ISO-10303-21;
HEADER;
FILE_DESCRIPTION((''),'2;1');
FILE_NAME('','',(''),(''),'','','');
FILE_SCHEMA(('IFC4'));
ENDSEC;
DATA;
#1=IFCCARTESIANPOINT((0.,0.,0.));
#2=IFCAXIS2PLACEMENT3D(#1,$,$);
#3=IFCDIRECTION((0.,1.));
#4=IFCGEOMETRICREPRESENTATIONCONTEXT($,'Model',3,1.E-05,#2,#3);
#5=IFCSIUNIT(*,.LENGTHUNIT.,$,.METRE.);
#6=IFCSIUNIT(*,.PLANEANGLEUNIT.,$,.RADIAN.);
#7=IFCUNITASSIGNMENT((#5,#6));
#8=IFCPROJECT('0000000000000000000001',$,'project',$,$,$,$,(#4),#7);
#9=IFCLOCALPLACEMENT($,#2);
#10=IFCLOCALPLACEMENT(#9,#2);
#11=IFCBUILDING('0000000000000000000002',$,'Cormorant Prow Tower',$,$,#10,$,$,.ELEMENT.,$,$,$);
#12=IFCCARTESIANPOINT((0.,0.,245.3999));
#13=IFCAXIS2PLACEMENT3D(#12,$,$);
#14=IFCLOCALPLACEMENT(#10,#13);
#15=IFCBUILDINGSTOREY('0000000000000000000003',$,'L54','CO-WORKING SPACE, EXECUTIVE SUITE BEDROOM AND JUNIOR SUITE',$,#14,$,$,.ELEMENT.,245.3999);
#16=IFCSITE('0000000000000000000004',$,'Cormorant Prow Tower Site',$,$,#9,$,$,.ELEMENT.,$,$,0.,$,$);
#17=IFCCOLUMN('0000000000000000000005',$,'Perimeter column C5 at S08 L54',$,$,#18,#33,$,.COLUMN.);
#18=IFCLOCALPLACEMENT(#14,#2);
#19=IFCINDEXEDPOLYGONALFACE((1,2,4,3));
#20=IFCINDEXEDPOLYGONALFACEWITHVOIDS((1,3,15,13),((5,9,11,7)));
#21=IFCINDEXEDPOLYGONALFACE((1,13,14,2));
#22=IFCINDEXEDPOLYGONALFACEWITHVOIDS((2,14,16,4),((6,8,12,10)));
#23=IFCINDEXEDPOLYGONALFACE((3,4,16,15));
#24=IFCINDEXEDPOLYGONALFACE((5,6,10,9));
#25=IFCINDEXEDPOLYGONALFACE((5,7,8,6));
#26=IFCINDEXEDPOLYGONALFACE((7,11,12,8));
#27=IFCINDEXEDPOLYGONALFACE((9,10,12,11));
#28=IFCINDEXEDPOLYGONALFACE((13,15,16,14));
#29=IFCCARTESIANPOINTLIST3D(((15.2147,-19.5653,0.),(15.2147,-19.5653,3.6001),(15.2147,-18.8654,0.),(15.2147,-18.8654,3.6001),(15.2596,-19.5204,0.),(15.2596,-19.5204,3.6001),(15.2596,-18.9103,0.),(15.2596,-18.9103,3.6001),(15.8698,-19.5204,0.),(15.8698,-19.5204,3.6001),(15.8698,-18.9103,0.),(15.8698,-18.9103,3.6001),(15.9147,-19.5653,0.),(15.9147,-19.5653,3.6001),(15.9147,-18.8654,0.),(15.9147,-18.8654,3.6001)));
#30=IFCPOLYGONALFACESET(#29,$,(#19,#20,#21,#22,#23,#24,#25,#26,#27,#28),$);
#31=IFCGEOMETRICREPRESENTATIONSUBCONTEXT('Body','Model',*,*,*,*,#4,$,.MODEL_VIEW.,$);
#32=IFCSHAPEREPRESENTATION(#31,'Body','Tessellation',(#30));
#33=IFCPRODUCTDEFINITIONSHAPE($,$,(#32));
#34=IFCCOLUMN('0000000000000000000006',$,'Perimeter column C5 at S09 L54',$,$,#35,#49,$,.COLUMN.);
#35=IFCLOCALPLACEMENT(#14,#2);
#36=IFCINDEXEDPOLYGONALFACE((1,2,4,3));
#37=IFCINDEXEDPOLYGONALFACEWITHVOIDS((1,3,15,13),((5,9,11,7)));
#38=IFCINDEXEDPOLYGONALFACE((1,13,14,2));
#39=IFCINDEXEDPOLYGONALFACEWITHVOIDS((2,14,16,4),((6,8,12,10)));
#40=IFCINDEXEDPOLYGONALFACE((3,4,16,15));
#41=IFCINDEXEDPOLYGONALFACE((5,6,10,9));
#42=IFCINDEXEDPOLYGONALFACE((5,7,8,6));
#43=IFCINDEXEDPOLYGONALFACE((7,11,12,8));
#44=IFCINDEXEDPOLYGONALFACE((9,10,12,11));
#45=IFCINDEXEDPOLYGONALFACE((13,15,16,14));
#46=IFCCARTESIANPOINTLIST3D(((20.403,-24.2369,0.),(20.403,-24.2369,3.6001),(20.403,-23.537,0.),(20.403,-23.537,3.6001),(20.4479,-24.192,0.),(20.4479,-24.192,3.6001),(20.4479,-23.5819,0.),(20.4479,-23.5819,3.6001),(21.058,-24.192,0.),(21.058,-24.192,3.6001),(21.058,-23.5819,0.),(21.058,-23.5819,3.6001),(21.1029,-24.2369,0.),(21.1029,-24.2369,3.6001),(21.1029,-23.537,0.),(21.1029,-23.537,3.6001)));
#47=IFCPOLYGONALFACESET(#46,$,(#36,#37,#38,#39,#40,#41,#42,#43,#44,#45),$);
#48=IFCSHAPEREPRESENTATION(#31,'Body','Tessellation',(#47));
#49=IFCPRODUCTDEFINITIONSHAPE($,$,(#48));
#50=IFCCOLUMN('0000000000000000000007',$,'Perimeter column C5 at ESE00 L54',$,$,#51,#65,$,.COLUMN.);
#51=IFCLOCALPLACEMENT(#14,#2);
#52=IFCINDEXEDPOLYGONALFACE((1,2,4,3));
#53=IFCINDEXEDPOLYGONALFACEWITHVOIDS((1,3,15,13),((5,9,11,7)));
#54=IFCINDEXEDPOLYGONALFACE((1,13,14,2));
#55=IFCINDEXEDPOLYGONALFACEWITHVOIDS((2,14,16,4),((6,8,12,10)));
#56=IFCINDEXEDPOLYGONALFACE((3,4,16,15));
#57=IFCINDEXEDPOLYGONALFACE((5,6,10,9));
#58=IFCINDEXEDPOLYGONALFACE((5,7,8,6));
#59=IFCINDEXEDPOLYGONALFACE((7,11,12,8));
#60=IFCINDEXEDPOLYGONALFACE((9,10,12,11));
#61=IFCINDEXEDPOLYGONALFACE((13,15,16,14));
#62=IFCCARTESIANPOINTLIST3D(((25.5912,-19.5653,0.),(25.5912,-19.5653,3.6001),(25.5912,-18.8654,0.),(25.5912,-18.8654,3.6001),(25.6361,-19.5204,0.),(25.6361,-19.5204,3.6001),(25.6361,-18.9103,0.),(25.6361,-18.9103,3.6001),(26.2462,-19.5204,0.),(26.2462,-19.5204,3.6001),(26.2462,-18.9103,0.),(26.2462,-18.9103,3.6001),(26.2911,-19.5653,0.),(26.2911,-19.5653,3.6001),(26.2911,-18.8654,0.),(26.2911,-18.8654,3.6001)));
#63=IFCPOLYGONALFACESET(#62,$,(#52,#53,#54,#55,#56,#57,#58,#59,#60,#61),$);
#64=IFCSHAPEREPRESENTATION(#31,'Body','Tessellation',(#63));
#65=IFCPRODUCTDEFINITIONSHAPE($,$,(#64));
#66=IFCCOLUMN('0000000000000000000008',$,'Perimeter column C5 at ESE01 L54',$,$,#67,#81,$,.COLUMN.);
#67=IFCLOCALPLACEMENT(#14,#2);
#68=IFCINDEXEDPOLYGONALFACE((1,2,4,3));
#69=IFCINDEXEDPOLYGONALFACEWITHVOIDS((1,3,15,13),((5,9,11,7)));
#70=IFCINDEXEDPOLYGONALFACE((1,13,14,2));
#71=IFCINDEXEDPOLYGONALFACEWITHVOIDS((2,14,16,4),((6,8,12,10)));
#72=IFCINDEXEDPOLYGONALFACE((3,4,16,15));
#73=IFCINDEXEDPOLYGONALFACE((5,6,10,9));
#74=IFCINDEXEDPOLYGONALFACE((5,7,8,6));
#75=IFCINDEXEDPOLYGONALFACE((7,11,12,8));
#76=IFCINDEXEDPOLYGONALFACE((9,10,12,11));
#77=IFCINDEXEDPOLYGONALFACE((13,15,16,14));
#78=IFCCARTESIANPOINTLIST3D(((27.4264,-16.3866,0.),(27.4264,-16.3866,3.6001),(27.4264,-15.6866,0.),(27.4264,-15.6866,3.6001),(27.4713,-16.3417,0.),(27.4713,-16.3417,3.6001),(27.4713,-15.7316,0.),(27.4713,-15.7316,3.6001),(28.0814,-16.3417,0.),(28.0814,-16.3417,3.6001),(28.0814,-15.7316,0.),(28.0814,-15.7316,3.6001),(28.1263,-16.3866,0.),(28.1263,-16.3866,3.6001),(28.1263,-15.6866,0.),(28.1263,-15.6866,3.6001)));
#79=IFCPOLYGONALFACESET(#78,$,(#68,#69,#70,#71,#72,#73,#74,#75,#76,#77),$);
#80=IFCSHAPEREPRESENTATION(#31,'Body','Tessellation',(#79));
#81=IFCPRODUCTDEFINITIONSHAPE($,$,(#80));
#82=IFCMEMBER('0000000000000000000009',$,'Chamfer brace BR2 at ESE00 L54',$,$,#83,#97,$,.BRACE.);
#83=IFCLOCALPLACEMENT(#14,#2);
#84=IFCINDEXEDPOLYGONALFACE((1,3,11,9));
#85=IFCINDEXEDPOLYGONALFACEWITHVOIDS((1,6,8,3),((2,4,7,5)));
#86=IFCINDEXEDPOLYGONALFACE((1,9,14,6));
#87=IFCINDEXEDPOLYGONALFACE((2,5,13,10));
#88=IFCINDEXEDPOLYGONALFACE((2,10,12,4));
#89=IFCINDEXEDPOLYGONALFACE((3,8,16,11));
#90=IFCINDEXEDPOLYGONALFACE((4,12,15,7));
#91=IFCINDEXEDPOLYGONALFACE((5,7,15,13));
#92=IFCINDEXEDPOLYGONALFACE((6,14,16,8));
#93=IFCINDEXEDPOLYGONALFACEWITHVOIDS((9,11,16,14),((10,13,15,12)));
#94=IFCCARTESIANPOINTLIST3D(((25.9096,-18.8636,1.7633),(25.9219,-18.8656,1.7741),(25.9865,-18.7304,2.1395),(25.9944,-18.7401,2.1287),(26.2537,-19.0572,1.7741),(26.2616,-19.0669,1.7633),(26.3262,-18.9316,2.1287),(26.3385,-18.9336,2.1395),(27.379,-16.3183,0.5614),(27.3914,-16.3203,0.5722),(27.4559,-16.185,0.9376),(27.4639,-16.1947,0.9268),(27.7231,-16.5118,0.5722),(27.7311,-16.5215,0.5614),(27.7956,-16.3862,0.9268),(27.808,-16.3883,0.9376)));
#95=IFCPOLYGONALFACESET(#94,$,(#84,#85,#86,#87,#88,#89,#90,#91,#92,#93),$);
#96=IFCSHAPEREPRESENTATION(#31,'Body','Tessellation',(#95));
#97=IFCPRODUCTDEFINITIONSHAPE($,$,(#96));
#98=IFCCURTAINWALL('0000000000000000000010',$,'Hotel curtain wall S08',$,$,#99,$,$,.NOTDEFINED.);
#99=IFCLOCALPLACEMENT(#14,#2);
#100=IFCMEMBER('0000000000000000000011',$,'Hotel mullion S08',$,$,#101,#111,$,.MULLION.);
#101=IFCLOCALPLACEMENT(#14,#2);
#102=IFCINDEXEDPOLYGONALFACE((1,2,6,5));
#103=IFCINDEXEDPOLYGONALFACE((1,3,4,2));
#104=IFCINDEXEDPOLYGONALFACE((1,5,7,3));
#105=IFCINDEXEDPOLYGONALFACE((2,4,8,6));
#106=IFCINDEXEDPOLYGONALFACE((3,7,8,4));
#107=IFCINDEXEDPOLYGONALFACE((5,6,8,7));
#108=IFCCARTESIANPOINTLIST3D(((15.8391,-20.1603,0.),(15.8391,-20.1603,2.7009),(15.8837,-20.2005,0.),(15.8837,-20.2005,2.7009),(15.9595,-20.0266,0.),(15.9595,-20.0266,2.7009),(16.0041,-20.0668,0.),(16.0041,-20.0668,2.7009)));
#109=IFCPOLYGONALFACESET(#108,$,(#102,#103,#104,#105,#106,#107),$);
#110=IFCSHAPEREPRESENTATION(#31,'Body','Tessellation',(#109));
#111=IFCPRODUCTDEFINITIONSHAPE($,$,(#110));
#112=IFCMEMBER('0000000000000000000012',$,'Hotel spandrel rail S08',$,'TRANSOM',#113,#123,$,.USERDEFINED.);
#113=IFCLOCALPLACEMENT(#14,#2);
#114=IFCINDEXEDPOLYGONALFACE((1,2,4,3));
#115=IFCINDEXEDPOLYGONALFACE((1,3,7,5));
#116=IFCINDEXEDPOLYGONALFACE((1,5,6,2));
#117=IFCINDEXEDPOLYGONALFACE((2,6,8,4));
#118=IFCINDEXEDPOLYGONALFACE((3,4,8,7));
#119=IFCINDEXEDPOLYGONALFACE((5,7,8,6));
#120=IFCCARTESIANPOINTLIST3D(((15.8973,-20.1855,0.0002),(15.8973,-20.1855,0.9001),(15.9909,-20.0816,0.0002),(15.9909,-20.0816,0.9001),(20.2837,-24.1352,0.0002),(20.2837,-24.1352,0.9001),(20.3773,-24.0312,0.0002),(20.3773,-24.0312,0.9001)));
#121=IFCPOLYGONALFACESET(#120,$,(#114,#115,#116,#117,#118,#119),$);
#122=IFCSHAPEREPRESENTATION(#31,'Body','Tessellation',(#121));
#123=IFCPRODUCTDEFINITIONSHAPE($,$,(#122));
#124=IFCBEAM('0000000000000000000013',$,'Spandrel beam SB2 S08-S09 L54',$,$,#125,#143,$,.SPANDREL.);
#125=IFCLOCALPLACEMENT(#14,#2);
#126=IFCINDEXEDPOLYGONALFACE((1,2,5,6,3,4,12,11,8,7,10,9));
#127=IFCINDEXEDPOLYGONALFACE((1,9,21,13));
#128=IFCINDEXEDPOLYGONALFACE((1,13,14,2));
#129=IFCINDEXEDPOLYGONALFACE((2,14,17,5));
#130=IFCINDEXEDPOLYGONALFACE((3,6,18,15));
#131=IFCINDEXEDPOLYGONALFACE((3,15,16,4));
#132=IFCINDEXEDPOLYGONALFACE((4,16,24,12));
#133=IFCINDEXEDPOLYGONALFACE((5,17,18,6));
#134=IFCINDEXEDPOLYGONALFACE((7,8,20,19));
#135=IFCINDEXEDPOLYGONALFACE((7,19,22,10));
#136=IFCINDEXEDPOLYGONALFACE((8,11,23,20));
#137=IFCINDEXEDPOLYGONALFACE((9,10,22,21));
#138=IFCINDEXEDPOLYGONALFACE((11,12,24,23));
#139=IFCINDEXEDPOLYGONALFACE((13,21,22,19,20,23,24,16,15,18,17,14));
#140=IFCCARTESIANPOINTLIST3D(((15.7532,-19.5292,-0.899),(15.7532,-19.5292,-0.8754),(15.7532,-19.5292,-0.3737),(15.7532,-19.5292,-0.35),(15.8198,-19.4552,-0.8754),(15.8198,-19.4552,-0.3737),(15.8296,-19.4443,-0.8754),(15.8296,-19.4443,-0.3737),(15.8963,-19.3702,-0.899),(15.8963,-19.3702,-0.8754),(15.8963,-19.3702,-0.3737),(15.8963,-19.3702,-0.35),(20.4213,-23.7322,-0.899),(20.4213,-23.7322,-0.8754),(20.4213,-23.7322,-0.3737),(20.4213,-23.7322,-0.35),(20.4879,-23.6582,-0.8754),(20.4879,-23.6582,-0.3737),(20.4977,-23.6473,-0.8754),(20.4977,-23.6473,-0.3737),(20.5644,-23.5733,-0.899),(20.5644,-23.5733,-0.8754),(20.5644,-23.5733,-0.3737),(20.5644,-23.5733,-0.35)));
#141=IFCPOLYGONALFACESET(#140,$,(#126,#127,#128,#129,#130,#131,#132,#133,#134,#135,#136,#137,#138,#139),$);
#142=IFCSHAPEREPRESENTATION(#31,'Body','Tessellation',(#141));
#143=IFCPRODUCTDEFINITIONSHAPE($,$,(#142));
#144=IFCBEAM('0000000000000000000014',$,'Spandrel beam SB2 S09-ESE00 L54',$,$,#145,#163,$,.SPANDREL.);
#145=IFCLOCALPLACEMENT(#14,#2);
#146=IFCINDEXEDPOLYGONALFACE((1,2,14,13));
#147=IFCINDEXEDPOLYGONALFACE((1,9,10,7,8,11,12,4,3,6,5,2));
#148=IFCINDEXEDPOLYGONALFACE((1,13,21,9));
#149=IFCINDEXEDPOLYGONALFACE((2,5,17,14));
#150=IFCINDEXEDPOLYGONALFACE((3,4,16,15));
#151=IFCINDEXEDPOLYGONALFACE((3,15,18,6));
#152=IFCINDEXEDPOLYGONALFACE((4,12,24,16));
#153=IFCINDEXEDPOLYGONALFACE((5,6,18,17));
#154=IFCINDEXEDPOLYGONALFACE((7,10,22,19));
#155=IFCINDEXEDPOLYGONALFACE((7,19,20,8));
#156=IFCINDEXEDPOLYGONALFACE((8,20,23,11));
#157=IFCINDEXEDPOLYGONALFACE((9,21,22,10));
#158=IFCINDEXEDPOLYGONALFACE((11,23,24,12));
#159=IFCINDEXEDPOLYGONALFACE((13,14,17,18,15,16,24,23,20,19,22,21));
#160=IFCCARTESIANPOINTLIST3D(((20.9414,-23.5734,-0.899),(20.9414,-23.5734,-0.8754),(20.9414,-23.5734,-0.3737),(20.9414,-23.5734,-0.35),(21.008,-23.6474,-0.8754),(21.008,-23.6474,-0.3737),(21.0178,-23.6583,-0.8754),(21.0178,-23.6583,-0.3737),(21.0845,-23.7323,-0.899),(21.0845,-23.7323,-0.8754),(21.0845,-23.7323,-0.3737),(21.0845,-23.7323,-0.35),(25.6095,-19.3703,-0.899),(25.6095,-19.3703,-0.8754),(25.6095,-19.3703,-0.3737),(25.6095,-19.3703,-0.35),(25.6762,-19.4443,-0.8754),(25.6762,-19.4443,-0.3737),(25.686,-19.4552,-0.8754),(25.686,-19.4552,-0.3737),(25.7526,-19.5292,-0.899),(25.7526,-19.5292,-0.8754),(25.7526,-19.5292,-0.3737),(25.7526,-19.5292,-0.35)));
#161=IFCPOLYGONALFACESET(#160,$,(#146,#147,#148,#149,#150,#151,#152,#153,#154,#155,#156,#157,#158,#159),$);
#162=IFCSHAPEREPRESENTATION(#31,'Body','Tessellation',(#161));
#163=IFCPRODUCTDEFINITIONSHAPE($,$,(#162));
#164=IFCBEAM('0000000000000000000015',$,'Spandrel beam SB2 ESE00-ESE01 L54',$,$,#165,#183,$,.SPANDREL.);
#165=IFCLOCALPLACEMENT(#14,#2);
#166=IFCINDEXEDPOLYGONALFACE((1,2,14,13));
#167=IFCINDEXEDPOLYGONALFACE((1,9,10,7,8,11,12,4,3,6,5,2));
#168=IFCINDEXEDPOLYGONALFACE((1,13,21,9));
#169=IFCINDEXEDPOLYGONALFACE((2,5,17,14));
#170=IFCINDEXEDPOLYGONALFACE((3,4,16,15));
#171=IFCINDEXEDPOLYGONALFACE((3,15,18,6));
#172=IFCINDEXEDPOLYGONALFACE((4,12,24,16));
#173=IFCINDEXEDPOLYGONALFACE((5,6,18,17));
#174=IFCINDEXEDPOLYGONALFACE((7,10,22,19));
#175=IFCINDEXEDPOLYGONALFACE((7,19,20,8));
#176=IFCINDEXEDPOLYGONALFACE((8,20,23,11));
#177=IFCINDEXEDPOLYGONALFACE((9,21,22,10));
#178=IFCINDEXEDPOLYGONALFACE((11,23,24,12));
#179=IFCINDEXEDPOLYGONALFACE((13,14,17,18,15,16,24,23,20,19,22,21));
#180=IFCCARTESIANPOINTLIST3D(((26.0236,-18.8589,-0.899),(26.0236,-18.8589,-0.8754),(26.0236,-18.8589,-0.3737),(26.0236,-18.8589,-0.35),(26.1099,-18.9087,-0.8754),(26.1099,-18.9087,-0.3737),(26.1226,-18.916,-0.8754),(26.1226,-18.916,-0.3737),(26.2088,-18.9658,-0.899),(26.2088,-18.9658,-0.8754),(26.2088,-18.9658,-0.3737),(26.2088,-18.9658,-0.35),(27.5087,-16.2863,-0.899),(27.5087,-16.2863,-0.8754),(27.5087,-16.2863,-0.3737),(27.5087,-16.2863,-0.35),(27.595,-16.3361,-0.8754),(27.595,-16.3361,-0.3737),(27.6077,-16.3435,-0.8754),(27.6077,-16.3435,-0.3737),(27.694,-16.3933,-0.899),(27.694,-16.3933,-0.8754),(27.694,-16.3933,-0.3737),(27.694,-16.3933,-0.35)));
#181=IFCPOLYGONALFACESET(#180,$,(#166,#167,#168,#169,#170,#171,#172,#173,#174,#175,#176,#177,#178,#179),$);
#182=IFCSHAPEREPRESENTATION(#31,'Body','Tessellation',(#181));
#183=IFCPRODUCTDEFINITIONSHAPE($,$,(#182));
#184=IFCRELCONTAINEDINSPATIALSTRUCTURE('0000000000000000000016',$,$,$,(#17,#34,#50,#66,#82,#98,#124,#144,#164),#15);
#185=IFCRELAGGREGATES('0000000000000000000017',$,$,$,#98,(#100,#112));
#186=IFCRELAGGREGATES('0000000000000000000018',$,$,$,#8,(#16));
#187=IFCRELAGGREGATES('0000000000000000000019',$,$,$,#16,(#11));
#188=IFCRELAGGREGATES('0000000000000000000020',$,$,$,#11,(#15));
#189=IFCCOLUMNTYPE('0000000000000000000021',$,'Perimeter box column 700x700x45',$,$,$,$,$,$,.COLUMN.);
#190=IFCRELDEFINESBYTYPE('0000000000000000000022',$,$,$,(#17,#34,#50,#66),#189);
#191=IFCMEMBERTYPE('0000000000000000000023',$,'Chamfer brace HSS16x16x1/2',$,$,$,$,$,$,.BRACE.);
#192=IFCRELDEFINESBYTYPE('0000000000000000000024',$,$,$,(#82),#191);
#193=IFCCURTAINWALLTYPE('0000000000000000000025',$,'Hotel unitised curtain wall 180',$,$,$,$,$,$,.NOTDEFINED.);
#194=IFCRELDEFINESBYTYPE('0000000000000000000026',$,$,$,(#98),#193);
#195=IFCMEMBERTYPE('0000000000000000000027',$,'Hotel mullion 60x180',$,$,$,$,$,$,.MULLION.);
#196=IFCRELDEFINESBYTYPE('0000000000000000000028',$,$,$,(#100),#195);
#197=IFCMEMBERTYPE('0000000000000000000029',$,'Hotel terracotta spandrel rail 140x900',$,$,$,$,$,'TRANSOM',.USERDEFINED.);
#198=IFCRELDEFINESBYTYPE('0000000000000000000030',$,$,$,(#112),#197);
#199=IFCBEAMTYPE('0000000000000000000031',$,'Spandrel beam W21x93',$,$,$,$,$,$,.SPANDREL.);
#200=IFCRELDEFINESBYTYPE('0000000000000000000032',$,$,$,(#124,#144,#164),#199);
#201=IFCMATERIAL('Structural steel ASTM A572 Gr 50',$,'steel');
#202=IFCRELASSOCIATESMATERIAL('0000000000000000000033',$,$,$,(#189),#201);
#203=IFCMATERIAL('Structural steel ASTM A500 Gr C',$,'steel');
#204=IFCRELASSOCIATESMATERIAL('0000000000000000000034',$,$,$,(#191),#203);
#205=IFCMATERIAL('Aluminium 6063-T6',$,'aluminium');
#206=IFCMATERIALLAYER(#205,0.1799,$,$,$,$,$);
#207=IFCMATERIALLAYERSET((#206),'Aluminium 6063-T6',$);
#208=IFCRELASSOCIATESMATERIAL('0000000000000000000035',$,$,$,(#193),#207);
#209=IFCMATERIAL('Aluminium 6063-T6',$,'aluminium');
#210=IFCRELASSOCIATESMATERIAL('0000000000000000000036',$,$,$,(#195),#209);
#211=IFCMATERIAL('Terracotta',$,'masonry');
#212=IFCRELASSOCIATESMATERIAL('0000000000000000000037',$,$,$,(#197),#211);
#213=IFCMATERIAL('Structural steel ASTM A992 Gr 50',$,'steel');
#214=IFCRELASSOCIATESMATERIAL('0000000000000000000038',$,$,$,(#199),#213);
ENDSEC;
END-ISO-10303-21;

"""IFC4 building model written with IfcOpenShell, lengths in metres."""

from ifc_helpers import new_model, si_unit, direction, frame, origin, origin_2d, place, context, subcontext, project, spatial, rectangle, hollow_rectangle, i_section, extrude, material, layer, layer_set, material_profile, profile_set, type_object, element, aggregate, save


model = new_model("IFC4")

# Units and contexts
model_context = context("Model", 3, precision=1e-05, world=origin(), true_north=direction((0.0, 1.0)))
body_context = subcontext(model_context, "Body", "Model", "MODEL_VIEW")
ifc_project = project(units=[si_unit("LENGTHUNIT", "METRE"), si_unit("PLANEANGLEUNIT", "RADIAN")], contexts=[model_context])

# Site, building, storey
site_placement = place(None, origin())
site = spatial("IfcSite", under=ifc_project, at=site_placement, Name="Cormorant Prow Tower Site", CompositionType="ELEMENT", RefElevation=0.0)
building_placement = place(site_placement, origin())
building = spatial("IfcBuilding", under=site, at=building_placement, Name="Cormorant Prow Tower", CompositionType="ELEMENT")
storey_placement = place(building_placement, frame((0.0, 0.0, 245.3999)))
storey = spatial("IfcBuildingStorey", under=building, at=storey_placement, Name="L54", Description="CO-WORKING SPACE, EXECUTIVE SUITE BEDROOM AND JUNIOR SUITE", CompositionType="ELEMENT", Elevation=245.3999)

# Columns
ifc_material_1 = material(Name="Structural steel ASTM A572 Gr 50", Category="steel")
ifc_material_profile_1 = material_profile(ifc_material_1, hollow_rectangle(XDim=0.7, YDim=0.7, WallThickness=0.0449, at=origin_2d()), Name="Box 700x700x45")
ifc_profile_set_1 = profile_set([ifc_material_profile_1], Name="Structural steel ASTM A572 Gr 50")
column_type = type_object("IfcColumnType", Name="Perimeter box column 700x700x45", PredefinedType="COLUMN", material=ifc_profile_set_1)
for number, where, z_axis, x_axis, name in (
    (1, (15.5647, -19.2153, 0.0), (0.0, 0.0, 1.0), (1.0, 0.0, 0.0), "Perimeter column C5 at S08 L54"),
    (2, (20.7529, -23.887, 0.0), (0.0, 0.0, 1.0), (1.0, 0.0, 0.0), "Perimeter column C5 at S09 L54"),
    (3, (25.9412, -19.2153, 0.0), (0.0, 0.0, 1.0), (1.0, 0.0, 0.0), "Perimeter column C5 at ESE00 L54"),
    (4, (27.7764, -16.0366, 0.0), (0.0, 0.0, 1.0), (1.0, 0.0, 0.0), "Perimeter column C5 at ESE01 L54"),
):
    element("IfcColumn", number, at=place(storey_placement, frame(where, z_axis=z_axis, x_axis=x_axis)), inside=storey, type_object=column_type, Name=name, PredefinedType="COLUMN", context=body_context, shape_type="SweptSolid", body=[
        extrude(hollow_rectangle(XDim=0.7, YDim=0.7, WallThickness=0.0449, at=origin_2d()), origin(), (0.0, 0.0, 1.0), 3.6001),
    ])

# Member
ifc_material_2 = material(Name="Structural steel ASTM A500 Gr C", Category="steel")
ifc_material_profile_2 = material_profile(ifc_material_2, hollow_rectangle(XDim=0.4065, YDim=0.4065, WallThickness=0.0117, at=origin_2d()), Name="HSS16x16x1/2")
ifc_profile_set_2 = profile_set([ifc_material_profile_2], Name="Structural steel ASTM A500 Gr C")
member_type_1 = type_object("IfcMemberType", Name="Chamfer brace HSS16x16x1/2", PredefinedType="BRACE", material=ifc_profile_set_2)
member_1_placement = place(storey_placement, frame((27.5935, -16.3533, 0.7495), z_axis=(-0.462773, -0.801607, 0.378507), x_axis=(0.866042, -0.499972, 0.0)))
element("IfcMember", 5, at=member_1_placement, inside=storey, type_object=member_type_1, Name="Chamfer brace BR2 at ESE00 L54", PredefinedType="BRACE", context=body_context, shape_type="SweptSolid", body=[
    extrude(hollow_rectangle(XDim=0.4065, YDim=0.4065, WallThickness=0.0117, at=origin_2d()), origin(), (0.0, 0.0, 1.0), 3.1753),
])

# Curtain wall, members
ifc_material_3 = material(Name="Aluminium 6063-T6", Category="aluminium")
ifc_layer_1 = layer(ifc_material_3, 0.1799)
ifc_layer_set_1 = layer_set([ifc_layer_1], Name="Aluminium 6063-T6")
curtain_wall_type = type_object("IfcCurtainWallType", Name="Hotel unitised curtain wall 180", PredefinedType="NOTDEFINED", material=ifc_layer_set_1)
curtain_wall_placement = place(storey_placement, origin())
curtain_wall = element("IfcCurtainWall", 6, at=curtain_wall_placement, inside=storey, type_object=curtain_wall_type, Name="Hotel curtain wall S08", PredefinedType="NOTDEFINED")
ifc_material_4 = material(Name="Aluminium 6063-T6", Category="aluminium")
ifc_material_profile_3 = material_profile(ifc_material_4, rectangle(XDim=0.1799, YDim=0.0601, at=origin_2d()), Name="Hotel mullion 60x180")
ifc_profile_set_3 = profile_set([ifc_material_profile_3], Name="Aluminium 6063-T6")
member_type_2 = type_object("IfcMemberType", Name="Hotel mullion 60x180", PredefinedType="MULLION", material=ifc_profile_set_3)
member_2_placement = place(storey_placement, frame((15.9216, -20.1135, 0.0), z_axis=(0.0, 0.0, 1.0), x_axis=(0.669131, 0.743145, 0.0)))
member_2 = element("IfcMember", 7, at=member_2_placement, type_object=member_type_2, Name="Hotel mullion S08", PredefinedType="MULLION", context=body_context, shape_type="SweptSolid", body=[
    extrude(rectangle(XDim=0.1799, YDim=0.0601, at=origin_2d()), origin(), (0.0, 0.0, 1.0), 2.7009),
])
ifc_material_5 = material(Name="Terracotta", Category="masonry")
ifc_material_profile_4 = material_profile(ifc_material_5, rectangle(XDim=0.1399, YDim=0.8999, at=origin_2d()), Name="Hotel terracotta spandrel rail 140x900")
ifc_profile_set_4 = profile_set([ifc_material_profile_4], Name="Terracotta")
member_type_3 = type_object("IfcMemberType", Name="Hotel terracotta spandrel rail 140x900", ElementType="TRANSOM", PredefinedType="USERDEFINED", material=ifc_profile_set_4)
member_3_placement = place(storey_placement, frame((15.9441, -20.1335, 0.4502), z_axis=(0.743136, -0.669141, 0.0), x_axis=(0.669141, 0.743136, 0.0)))
member_3 = element("IfcMember", 8, at=member_3_placement, type_object=member_type_3, Name="Hotel spandrel rail S08", ObjectType="TRANSOM", PredefinedType="USERDEFINED", context=body_context, shape_type="SweptSolid", body=[
    extrude(rectangle(XDim=0.1399, YDim=0.8999, at=origin_2d()), origin(), (0.0, 0.0, 1.0), 5.9026),
])

# Beams
ifc_material_6 = material(Name="Structural steel ASTM A992 Gr 50", Category="steel")
ifc_material_profile_5 = material_profile(ifc_material_6, i_section(OverallWidth=0.2139, OverallDepth=0.5491, WebThickness=0.0146, FlangeThickness=0.0237, at=origin_2d()), Name="W21x93")
ifc_profile_set_5 = profile_set([ifc_material_profile_5], Name="Structural steel ASTM A992 Gr 50")
beam_type = type_object("IfcBeamType", Name="Spandrel beam W21x93", PredefinedType="SPANDREL", material=ifc_profile_set_5)
for number, where, z_axis, x_axis, name in (
    (9, (15.8247, -19.4497, -0.6245), (0.743157, -0.669117, 0.0), (0.669117, 0.743157, 0.0), "Spandrel beam SB2 S08-S09 L54"),
    (10, (21.0129, -23.6528, -0.6245), (0.743157, 0.669117, 0.0), (-0.669117, 0.743157, 0.0), "Spandrel beam SB2 S09-ESE00 L54"),
):
    element("IfcBeam", number, at=place(storey_placement, frame(where, z_axis=z_axis, x_axis=x_axis)), inside=storey, type_object=beam_type, Name=name, PredefinedType="SPANDREL", context=body_context, shape_type="SweptSolid", body=[
        extrude(i_section(OverallWidth=0.2139, OverallDepth=0.5491, WebThickness=0.0146, FlangeThickness=0.0237, at=origin_2d()), origin(), (0.0, 0.0, 1.0), 6.2815),
    ])
for number, where, z_axis, x_axis, name in (
    (11, (26.1162, -18.9124, -0.6245), (0.499967, 0.866045, 0.0), (-0.866045, 0.499967, 0.0), "Spandrel beam SB2 ESE00-ESE01 L54"),
):
    element("IfcBeam", number, at=place(storey_placement, frame(where, z_axis=z_axis, x_axis=x_axis)), inside=storey, type_object=beam_type, Name=name, PredefinedType="SPANDREL", context=body_context, shape_type="SweptSolid", body=[
        extrude(i_section(OverallWidth=0.2139, OverallDepth=0.5491, WebThickness=0.0146, FlangeThickness=0.0237, at=origin_2d()), origin(), (0.0, 0.0, 1.0), 2.9705),
    ])

aggregate(curtain_wall, [member_2, member_3])

save(model, "model.ifc")
